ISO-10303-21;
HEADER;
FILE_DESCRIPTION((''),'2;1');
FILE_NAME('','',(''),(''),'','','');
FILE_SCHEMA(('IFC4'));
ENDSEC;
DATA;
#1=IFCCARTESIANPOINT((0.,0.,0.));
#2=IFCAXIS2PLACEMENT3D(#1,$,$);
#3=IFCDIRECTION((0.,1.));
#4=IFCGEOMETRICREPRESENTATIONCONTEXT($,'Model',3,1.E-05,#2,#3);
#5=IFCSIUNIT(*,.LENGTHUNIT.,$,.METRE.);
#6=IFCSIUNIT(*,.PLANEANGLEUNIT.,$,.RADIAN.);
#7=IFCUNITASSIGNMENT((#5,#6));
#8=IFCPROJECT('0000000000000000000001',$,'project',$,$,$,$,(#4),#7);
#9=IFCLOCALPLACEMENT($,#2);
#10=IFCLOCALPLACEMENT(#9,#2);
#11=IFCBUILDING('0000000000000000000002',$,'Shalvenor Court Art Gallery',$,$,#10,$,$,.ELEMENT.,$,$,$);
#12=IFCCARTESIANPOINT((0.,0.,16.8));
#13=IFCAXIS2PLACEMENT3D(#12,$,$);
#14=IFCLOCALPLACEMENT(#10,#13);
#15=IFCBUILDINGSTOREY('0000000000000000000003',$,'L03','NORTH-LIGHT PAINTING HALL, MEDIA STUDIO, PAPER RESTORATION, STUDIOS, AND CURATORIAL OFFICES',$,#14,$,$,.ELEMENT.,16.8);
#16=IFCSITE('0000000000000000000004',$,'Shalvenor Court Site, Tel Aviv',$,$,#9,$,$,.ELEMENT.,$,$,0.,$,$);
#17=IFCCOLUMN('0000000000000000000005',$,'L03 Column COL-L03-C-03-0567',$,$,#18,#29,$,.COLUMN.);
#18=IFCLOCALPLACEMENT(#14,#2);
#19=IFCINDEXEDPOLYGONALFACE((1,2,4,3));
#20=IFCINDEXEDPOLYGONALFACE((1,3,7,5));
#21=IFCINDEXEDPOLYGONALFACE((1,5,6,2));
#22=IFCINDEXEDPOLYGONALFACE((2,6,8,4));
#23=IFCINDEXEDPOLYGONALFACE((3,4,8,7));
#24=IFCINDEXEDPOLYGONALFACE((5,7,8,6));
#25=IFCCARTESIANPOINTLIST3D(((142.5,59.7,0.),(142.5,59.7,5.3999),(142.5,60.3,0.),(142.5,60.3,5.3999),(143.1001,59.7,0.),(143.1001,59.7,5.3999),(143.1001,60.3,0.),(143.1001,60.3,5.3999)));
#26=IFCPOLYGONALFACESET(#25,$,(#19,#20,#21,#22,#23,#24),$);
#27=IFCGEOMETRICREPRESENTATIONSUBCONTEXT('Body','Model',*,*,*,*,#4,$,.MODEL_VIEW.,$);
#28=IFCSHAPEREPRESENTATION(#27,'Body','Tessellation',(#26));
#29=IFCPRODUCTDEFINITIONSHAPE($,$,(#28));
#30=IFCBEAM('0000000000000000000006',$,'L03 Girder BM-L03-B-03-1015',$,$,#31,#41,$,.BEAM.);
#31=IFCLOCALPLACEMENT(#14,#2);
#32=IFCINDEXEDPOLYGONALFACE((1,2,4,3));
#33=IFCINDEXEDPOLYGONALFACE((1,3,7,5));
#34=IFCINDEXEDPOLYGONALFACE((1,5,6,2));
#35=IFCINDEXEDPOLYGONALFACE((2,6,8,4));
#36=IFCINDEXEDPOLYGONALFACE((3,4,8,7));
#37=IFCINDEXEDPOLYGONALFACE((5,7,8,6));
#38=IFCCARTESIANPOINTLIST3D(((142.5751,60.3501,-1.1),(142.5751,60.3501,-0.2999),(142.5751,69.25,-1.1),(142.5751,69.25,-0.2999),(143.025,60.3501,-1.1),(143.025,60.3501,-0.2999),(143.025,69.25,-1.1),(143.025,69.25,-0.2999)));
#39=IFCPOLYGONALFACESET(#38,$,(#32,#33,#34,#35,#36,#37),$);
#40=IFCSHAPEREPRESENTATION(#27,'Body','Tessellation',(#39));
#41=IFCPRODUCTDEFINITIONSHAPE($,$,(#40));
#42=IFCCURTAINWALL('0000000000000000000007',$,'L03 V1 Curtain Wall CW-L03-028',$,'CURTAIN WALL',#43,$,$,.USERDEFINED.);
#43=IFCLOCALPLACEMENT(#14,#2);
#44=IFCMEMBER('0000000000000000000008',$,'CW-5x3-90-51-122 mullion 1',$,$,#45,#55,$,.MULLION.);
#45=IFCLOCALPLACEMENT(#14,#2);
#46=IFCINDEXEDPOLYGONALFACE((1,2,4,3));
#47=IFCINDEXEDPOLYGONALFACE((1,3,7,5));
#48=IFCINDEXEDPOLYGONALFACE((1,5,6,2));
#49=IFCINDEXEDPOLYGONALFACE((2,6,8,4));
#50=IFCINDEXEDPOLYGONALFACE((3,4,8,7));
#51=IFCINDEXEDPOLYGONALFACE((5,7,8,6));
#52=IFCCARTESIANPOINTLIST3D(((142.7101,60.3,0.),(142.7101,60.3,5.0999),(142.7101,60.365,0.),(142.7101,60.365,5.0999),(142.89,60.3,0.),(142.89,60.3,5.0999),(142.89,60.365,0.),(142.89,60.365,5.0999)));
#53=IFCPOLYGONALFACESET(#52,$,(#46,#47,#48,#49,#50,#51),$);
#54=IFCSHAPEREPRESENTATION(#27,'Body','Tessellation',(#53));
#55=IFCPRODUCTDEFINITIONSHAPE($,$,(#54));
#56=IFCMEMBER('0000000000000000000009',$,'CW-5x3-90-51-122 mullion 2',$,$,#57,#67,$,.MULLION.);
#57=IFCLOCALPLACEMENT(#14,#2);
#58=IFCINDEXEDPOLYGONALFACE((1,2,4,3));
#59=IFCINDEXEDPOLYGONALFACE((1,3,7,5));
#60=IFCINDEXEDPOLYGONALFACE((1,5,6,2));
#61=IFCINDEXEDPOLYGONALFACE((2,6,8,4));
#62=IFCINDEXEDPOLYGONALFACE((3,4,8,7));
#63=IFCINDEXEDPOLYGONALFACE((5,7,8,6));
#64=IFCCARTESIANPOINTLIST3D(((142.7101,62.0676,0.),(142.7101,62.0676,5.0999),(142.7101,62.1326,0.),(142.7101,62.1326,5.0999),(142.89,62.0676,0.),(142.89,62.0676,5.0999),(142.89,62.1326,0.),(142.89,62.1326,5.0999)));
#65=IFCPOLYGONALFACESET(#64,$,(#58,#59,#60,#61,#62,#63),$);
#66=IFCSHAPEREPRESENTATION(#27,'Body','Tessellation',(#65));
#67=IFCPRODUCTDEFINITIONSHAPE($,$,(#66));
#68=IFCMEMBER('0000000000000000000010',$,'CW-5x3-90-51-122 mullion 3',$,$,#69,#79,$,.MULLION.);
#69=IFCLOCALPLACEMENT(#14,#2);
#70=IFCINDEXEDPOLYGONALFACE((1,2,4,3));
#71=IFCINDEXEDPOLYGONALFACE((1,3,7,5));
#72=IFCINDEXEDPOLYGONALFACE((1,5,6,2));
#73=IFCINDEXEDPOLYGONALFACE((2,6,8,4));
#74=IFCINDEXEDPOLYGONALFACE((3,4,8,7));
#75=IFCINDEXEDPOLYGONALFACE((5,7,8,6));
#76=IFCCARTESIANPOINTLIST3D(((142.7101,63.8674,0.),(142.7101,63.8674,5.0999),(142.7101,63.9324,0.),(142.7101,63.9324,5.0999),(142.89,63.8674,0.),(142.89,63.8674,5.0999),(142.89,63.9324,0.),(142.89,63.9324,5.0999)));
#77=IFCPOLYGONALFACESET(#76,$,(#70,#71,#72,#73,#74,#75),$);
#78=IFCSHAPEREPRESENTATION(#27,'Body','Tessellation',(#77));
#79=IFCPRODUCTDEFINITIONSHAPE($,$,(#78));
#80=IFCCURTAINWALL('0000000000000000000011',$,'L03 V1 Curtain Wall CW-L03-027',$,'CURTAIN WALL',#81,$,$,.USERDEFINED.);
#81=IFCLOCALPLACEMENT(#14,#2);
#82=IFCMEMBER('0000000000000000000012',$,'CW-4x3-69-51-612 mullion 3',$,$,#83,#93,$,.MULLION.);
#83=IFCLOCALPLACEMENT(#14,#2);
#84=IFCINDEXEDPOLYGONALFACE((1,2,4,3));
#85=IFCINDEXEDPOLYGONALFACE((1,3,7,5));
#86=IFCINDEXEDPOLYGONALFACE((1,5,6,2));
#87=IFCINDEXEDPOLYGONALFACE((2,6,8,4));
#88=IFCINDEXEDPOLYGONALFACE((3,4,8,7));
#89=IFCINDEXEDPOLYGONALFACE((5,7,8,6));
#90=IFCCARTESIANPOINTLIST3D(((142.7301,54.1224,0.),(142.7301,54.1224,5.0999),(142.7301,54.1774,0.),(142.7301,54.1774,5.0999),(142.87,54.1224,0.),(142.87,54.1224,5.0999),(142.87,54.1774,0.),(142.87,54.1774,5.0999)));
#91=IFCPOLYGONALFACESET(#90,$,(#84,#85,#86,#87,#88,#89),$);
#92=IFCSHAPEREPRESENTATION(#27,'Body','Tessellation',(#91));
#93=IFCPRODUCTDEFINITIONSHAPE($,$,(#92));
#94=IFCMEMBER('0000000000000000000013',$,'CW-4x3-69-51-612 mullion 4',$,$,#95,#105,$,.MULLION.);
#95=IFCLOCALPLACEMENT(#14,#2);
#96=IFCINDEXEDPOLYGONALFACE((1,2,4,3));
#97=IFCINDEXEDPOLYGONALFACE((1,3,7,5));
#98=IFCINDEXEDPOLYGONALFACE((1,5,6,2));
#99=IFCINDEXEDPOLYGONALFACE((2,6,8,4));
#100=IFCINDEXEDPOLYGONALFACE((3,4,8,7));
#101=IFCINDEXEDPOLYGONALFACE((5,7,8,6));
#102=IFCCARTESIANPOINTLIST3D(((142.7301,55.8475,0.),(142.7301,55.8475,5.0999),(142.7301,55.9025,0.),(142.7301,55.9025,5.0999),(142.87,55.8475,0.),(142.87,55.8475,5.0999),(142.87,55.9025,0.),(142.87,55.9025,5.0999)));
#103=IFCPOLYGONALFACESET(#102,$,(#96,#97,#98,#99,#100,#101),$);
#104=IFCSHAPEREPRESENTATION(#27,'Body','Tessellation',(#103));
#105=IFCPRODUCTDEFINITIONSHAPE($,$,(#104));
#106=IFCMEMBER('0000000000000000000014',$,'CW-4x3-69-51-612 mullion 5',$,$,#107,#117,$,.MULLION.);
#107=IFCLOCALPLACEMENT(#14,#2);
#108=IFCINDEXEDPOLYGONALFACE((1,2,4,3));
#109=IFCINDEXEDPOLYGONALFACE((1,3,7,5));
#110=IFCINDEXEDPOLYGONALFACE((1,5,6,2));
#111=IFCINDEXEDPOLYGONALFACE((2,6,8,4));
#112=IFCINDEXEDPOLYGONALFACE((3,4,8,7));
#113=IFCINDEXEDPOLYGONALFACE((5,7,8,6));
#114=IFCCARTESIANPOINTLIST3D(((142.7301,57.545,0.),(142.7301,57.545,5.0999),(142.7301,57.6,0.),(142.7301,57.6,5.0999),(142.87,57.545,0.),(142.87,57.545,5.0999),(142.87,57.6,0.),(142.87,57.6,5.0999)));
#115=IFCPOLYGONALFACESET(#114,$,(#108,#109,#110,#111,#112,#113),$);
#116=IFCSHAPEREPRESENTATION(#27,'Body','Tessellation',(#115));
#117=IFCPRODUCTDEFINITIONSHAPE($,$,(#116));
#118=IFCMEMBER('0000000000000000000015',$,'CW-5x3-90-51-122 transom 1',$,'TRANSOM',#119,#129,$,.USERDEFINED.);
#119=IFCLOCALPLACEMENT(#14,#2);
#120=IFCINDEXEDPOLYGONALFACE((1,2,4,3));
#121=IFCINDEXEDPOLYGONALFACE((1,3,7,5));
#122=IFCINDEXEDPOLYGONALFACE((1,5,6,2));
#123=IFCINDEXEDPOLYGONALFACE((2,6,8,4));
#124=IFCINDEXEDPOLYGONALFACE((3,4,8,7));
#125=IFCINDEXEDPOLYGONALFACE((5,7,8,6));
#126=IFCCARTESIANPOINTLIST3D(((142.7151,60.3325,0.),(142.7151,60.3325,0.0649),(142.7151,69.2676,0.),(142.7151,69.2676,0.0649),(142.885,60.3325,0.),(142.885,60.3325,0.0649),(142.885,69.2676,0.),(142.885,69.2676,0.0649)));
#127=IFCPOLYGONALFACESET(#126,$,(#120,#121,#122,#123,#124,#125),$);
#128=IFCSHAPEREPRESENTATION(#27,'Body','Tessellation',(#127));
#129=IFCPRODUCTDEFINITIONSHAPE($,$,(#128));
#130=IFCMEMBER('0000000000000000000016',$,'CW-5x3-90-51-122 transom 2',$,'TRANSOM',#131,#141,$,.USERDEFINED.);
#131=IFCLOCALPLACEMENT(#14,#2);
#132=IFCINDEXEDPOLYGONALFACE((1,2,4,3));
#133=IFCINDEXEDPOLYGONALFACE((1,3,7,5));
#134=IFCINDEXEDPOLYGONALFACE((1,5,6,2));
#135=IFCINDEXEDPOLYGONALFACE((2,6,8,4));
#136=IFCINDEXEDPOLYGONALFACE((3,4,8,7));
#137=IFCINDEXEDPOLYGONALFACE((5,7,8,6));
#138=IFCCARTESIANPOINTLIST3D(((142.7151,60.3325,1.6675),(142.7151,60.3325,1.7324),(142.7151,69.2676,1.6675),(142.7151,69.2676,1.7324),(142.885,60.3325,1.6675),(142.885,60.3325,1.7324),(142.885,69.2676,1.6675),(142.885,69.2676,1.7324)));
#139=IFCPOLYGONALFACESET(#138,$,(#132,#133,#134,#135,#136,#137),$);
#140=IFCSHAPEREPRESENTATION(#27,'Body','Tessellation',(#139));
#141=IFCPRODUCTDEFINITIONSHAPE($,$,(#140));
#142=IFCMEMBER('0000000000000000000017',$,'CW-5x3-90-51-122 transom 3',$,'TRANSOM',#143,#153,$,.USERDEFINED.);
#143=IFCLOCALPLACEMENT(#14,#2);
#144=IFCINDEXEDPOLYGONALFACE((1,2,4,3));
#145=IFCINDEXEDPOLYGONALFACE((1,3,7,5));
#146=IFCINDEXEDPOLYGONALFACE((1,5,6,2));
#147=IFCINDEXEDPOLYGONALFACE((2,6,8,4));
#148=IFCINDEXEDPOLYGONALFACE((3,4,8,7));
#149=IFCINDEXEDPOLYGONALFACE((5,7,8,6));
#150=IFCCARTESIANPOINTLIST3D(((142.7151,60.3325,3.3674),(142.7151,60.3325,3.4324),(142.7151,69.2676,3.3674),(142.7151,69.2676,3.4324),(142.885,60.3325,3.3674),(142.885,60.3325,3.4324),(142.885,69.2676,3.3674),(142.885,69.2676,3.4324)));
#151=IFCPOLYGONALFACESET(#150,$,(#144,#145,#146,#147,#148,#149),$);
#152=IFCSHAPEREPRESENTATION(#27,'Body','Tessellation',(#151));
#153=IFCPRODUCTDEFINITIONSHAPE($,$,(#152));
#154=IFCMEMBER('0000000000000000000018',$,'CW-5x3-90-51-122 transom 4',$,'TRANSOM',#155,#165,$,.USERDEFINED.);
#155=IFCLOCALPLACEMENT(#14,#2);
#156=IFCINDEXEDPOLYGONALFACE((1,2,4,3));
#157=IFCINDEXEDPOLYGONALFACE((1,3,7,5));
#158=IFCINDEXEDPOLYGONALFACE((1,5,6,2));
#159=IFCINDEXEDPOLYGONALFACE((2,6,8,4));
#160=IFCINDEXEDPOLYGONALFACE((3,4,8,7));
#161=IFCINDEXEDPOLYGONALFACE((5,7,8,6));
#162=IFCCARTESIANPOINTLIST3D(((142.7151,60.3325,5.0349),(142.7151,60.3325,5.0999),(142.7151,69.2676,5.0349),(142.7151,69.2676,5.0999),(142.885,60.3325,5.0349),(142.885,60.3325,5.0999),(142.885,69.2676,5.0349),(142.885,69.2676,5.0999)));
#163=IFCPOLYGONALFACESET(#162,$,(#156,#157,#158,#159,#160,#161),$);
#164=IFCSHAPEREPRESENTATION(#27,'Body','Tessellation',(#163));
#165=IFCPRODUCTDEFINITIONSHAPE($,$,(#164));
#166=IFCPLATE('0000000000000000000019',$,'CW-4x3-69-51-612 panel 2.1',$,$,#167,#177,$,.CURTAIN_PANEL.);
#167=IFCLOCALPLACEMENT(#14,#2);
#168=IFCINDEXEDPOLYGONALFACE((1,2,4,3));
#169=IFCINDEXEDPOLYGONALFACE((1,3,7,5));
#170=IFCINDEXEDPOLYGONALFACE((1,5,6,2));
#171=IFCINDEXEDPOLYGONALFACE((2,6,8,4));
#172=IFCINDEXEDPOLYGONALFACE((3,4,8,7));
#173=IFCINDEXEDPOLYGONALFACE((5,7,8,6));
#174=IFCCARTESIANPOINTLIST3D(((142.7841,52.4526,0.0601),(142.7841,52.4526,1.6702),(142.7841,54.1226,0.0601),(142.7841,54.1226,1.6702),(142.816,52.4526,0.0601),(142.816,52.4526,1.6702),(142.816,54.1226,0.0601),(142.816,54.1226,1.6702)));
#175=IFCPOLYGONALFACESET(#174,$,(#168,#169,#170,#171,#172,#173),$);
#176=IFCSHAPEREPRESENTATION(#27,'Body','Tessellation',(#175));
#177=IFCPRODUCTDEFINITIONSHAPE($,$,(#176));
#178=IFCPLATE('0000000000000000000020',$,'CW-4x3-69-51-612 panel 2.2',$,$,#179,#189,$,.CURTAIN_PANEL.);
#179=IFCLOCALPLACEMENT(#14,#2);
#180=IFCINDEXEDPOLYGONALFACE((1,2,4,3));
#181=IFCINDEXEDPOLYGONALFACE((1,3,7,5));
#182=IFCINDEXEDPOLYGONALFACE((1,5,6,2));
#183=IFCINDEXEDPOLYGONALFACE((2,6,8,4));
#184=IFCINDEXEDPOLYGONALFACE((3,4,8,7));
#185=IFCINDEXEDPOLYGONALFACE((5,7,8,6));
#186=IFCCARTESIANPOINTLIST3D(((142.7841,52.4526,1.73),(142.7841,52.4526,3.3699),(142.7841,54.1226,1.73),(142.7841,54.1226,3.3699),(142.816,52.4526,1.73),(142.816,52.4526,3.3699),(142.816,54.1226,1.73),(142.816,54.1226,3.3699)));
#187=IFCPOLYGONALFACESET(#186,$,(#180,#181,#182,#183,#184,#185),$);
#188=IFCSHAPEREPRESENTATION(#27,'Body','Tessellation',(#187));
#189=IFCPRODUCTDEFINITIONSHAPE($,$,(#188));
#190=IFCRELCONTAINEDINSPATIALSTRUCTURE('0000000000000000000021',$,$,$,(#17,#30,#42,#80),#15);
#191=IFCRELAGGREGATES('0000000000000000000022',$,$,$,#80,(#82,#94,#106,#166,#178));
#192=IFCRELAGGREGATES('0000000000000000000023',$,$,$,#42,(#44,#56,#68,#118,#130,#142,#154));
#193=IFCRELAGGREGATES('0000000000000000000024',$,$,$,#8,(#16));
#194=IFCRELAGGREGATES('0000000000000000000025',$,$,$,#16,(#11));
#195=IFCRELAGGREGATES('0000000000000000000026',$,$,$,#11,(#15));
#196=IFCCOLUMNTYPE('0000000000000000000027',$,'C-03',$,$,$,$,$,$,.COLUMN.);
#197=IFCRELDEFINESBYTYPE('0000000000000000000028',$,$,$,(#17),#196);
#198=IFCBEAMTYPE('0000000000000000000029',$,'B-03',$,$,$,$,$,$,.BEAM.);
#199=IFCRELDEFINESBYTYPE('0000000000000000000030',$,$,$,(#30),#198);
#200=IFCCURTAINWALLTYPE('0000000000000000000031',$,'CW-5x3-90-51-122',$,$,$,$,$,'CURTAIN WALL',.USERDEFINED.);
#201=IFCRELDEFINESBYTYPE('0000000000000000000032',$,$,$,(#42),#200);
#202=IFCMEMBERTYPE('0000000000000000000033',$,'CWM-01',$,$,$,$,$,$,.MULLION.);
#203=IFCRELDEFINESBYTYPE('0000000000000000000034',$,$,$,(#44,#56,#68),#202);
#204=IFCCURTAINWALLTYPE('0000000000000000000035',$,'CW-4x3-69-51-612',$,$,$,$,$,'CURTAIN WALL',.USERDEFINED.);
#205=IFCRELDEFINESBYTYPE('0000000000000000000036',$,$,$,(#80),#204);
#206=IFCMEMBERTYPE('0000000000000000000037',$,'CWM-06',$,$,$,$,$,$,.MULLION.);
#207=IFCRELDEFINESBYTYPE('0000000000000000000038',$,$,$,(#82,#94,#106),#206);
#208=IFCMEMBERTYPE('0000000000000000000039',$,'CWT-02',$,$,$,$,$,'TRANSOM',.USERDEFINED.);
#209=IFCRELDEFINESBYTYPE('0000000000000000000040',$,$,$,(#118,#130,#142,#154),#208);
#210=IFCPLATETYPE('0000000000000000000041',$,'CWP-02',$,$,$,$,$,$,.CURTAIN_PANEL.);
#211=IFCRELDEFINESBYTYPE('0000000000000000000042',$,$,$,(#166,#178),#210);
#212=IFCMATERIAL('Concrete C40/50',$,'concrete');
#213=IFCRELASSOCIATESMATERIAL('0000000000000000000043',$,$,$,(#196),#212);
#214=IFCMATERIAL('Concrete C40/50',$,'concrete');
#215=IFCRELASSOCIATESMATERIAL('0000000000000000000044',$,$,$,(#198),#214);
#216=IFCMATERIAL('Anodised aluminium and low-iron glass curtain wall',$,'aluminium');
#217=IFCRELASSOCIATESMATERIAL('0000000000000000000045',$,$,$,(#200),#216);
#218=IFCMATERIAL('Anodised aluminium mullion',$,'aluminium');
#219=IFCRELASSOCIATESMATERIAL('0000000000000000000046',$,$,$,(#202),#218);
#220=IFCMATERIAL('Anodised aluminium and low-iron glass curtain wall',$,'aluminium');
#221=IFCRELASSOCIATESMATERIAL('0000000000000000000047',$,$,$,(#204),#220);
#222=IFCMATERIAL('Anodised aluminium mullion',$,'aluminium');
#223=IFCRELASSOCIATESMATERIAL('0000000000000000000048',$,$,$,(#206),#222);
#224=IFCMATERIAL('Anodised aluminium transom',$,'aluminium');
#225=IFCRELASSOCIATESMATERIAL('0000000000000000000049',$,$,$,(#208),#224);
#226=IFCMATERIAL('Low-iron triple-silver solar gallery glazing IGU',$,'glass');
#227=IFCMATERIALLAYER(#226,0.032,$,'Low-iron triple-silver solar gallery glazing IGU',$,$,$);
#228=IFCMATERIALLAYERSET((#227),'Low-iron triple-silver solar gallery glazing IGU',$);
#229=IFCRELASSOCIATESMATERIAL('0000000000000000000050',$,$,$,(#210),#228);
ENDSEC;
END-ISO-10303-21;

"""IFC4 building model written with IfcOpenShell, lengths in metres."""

from ifc_helpers import new_model, si_unit, direction, frame, origin, origin_2d, place, context, subcontext, project, spatial, rectangle, extrude, material, layer, layer_set, material_profile, profile_set, type_object, element, aggregate, save


model = new_model("IFC4")

# Units and contexts
model_context = context("Model", 3, precision=1e-05, world=origin(), true_north=direction((0.0, 1.0)))
body_context = subcontext(model_context, "Body", "Model", "MODEL_VIEW")
ifc_project = project(units=[si_unit("LENGTHUNIT", "METRE"), si_unit("PLANEANGLEUNIT", "RADIAN")], contexts=[model_context])

# Site, building, storey
site_placement = place(None, origin())
site = spatial("IfcSite", under=ifc_project, at=site_placement, Name="Shalvenor Court Site, Tel Aviv", CompositionType="ELEMENT", RefElevation=0.0)
building_placement = place(site_placement, origin())
building = spatial("IfcBuilding", under=site, at=building_placement, Name="Shalvenor Court Art Gallery", CompositionType="ELEMENT")
storey_placement = place(building_placement, frame((0.0, 0.0, 16.8)))
storey = spatial("IfcBuildingStorey", under=building, at=storey_placement, Name="L03", Description="NORTH-LIGHT PAINTING HALL, MEDIA STUDIO, PAPER RESTORATION, STUDIOS, AND CURATORIAL OFFICES", CompositionType="ELEMENT", Elevation=16.8)

# Column
ifc_material_1 = material(Name="Concrete C40/50", Category="concrete")
ifc_material_profile_1 = material_profile(ifc_material_1, rectangle(XDim=0.6001, YDim=0.6001, at=origin_2d()), Name="RC 600x600")
ifc_profile_set_1 = profile_set([ifc_material_profile_1], Name="Concrete C40/50")
column_type = type_object("IfcColumnType", Name="C-03", PredefinedType="COLUMN", material=ifc_profile_set_1)
column_placement = place(storey_placement, frame((142.8, 60.0, 0.0), z_axis=(0.0, 0.0, 1.0), x_axis=(1.0, 0.0, 0.0)))
element("IfcColumn", 1, at=column_placement, inside=storey, type_object=column_type, Name="L03 Column COL-L03-C-03-0567", PredefinedType="COLUMN", context=body_context, shape_type="SweptSolid", body=[
    extrude(rectangle(XDim=0.6001, YDim=0.6001, at=origin_2d()), origin(), (0.0, 0.0, 1.0), 5.3999),
])

# Beam
ifc_material_2 = material(Name="Concrete C40/50", Category="concrete")
ifc_material_profile_2 = material_profile(ifc_material_2, rectangle(XDim=0.45, YDim=0.8, at=origin_2d()), Name="RC 450x800")
ifc_profile_set_2 = profile_set([ifc_material_profile_2], Name="Concrete C40/50")
beam_type = type_object("IfcBeamType", Name="B-03", PredefinedType="BEAM", material=ifc_profile_set_2)
beam_placement = place(storey_placement, frame((142.8, 60.3501, -0.7), z_axis=(0.0, 1.0, 0.0), x_axis=(-1.0, 0.0, 0.0)))
element("IfcBeam", 2, at=beam_placement, inside=storey, type_object=beam_type, Name="L03 Girder BM-L03-B-03-1015", PredefinedType="BEAM", context=body_context, shape_type="SweptSolid", body=[
    extrude(rectangle(XDim=0.45, YDim=0.8, at=origin_2d()), origin(), (0.0, 0.0, 1.0), 8.8999),
])

# Curtain walls, members
ifc_material_3 = material(Name="Anodised aluminium and low-iron glass curtain wall", Category="aluminium")
curtain_wall_type_1 = type_object("IfcCurtainWallType", Name="CW-5x3-90-51-122", ElementType="CURTAIN WALL", PredefinedType="USERDEFINED", material=ifc_material_3)
curtain_wall_1_placement = place(storey_placement, origin())
curtain_wall_1 = element("IfcCurtainWall", 3, at=curtain_wall_1_placement, inside=storey, type_object=curtain_wall_type_1, Name="L03 V1 Curtain Wall CW-L03-028", ObjectType="CURTAIN WALL", PredefinedType="USERDEFINED")
ifc_material_4 = material(Name="Anodised aluminium mullion", Category="aluminium")
ifc_material_profile_3 = material_profile(ifc_material_4, rectangle(XDim=0.0649, YDim=0.1799, at=origin_2d()), Name="CWM-01")
ifc_profile_set_3 = profile_set([ifc_material_profile_3], Name="Anodised aluminium mullion")
member_type_1 = type_object("IfcMemberType", Name="CWM-01", PredefinedType="MULLION", material=ifc_profile_set_3)
member_1_placement = place(storey_placement, frame((142.8, 60.3325, 0.0), z_axis=(0.0, 0.0, 1.0), x_axis=(0.0, 1.0, 0.0)))
member_1 = element("IfcMember", 4, at=member_1_placement, type_object=member_type_1, Name="CW-5x3-90-51-122 mullion 1", PredefinedType="MULLION", context=body_context, shape_type="SweptSolid", body=[
    extrude(rectangle(XDim=0.0649, YDim=0.1799, at=origin_2d()), origin(), (0.0, 0.0, 1.0), 5.0999),
])
member_2_placement = place(storey_placement, frame((142.8, 62.1001, 0.0), z_axis=(0.0, 0.0, 1.0), x_axis=(0.0, 1.0, 0.0)))
member_2 = element("IfcMember", 5, at=member_2_placement, type_object=member_type_1, Name="CW-5x3-90-51-122 mullion 2", PredefinedType="MULLION", context=body_context, shape_type="SweptSolid", body=[
    extrude(rectangle(XDim=0.0649, YDim=0.1799, at=origin_2d()), origin(), (0.0, 0.0, 1.0), 5.0999),
])
member_3_placement = place(storey_placement, frame((142.8, 63.8999, 0.0), z_axis=(0.0, 0.0, 1.0), x_axis=(0.0, 1.0, 0.0)))
member_3 = element("IfcMember", 6, at=member_3_placement, type_object=member_type_1, Name="CW-5x3-90-51-122 mullion 3", PredefinedType="MULLION", context=body_context, shape_type="SweptSolid", body=[
    extrude(rectangle(XDim=0.0649, YDim=0.1799, at=origin_2d()), origin(), (0.0, 0.0, 1.0), 5.0999),
])
ifc_material_5 = material(Name="Anodised aluminium and low-iron glass curtain wall", Category="aluminium")
curtain_wall_type_2 = type_object("IfcCurtainWallType", Name="CW-4x3-69-51-612", ElementType="CURTAIN WALL", PredefinedType="USERDEFINED", material=ifc_material_5)
curtain_wall_2_placement = place(storey_placement, origin())
curtain_wall_2 = element("IfcCurtainWall", 7, at=curtain_wall_2_placement, inside=storey, type_object=curtain_wall_type_2, Name="L03 V1 Curtain Wall CW-L03-027", ObjectType="CURTAIN WALL", PredefinedType="USERDEFINED")
ifc_material_6 = material(Name="Anodised aluminium mullion", Category="aluminium")
ifc_material_profile_4 = material_profile(ifc_material_6, rectangle(XDim=0.0549, YDim=0.1399, at=origin_2d()), Name="CWM-06")
ifc_profile_set_4 = profile_set([ifc_material_profile_4], Name="Anodised aluminium mullion")
member_type_2 = type_object("IfcMemberType", Name="CWM-06", PredefinedType="MULLION", material=ifc_profile_set_4)
member_4_placement = place(storey_placement, frame((142.8, 54.1499, 0.0), z_axis=(0.0, 0.0, 1.0), x_axis=(0.0, 1.0, 0.0)))
member_4 = element("IfcMember", 8, at=member_4_placement, type_object=member_type_2, Name="CW-4x3-69-51-612 mullion 3", PredefinedType="MULLION", context=body_context, shape_type="SweptSolid", body=[
    extrude(rectangle(XDim=0.0549, YDim=0.1399, at=origin_2d()), origin(), (0.0, 0.0, 1.0), 5.0999),
])
member_5_placement = place(storey_placement, frame((142.8, 55.875, 0.0), z_axis=(0.0, 0.0, 1.0), x_axis=(0.0, 1.0, 0.0)))
member_5 = element("IfcMember", 9, at=member_5_placement, type_object=member_type_2, Name="CW-4x3-69-51-612 mullion 4", PredefinedType="MULLION", context=body_context, shape_type="SweptSolid", body=[
    extrude(rectangle(XDim=0.0549, YDim=0.1399, at=origin_2d()), origin(), (0.0, 0.0, 1.0), 5.0999),
])
member_6_placement = place(storey_placement, frame((142.8, 57.5725, 0.0), z_axis=(0.0, 0.0, 1.0), x_axis=(0.0, 1.0, 0.0)))
member_6 = element("IfcMember", 10, at=member_6_placement, type_object=member_type_2, Name="CW-4x3-69-51-612 mullion 5", PredefinedType="MULLION", context=body_context, shape_type="SweptSolid", body=[
    extrude(rectangle(XDim=0.0549, YDim=0.1399, at=origin_2d()), origin(), (0.0, 0.0, 1.0), 5.0999),
])

# Members
ifc_material_7 = material(Name="Anodised aluminium transom", Category="aluminium")
ifc_material_profile_5 = material_profile(ifc_material_7, rectangle(XDim=0.1699, YDim=0.0649, at=origin_2d()), Name="CWT-02")
ifc_profile_set_5 = profile_set([ifc_material_profile_5], Name="Anodised aluminium transom")
member_type_3 = type_object("IfcMemberType", Name="CWT-02", ElementType="TRANSOM", PredefinedType="USERDEFINED", material=ifc_profile_set_5)
member_7_placement = place(storey_placement, frame((142.8, 60.3325, 0.0325), z_axis=(0.0, 1.0, 0.0), x_axis=(-1.0, 0.0, 0.0)))
member_7 = element("IfcMember", 11, at=member_7_placement, type_object=member_type_3, Name="CW-5x3-90-51-122 transom 1", ObjectType="TRANSOM", PredefinedType="USERDEFINED", context=body_context, shape_type="SweptSolid", body=[
    extrude(rectangle(XDim=0.1699, YDim=0.0649, at=origin_2d()), origin(), (0.0, 0.0, 1.0), 8.9351),
])
member_8_placement = place(storey_placement, frame((142.8, 60.3325, 1.7), z_axis=(0.0, 1.0, 0.0), x_axis=(-1.0, 0.0, 0.0)))
member_8 = element("IfcMember", 12, at=member_8_placement, type_object=member_type_3, Name="CW-5x3-90-51-122 transom 2", ObjectType="TRANSOM", PredefinedType="USERDEFINED", context=body_context, shape_type="SweptSolid", body=[
    extrude(rectangle(XDim=0.1699, YDim=0.0649, at=origin_2d()), origin(), (0.0, 0.0, 1.0), 8.9351),
])
member_9_placement = place(storey_placement, frame((142.8, 60.3325, 3.3999), z_axis=(0.0, 1.0, 0.0), x_axis=(-1.0, 0.0, 0.0)))
member_9 = element("IfcMember", 13, at=member_9_placement, type_object=member_type_3, Name="CW-5x3-90-51-122 transom 3", ObjectType="TRANSOM", PredefinedType="USERDEFINED", context=body_context, shape_type="SweptSolid", body=[
    extrude(rectangle(XDim=0.1699, YDim=0.0649, at=origin_2d()), origin(), (0.0, 0.0, 1.0), 8.9351),
])
member_10_placement = place(storey_placement, frame((142.8, 60.3325, 5.0674), z_axis=(0.0, 1.0, 0.0), x_axis=(-1.0, 0.0, 0.0)))
member_10 = element("IfcMember", 14, at=member_10_placement, type_object=member_type_3, Name="CW-5x3-90-51-122 transom 4", ObjectType="TRANSOM", PredefinedType="USERDEFINED", context=body_context, shape_type="SweptSolid", body=[
    extrude(rectangle(XDim=0.1699, YDim=0.0649, at=origin_2d()), origin(), (0.0, 0.0, 1.0), 8.9351),
])

# Plates
ifc_material_8 = material(Name="Low-iron triple-silver solar gallery glazing IGU", Category="glass")
ifc_layer_1 = layer(ifc_material_8, 0.032, Name="Low-iron triple-silver solar gallery glazing IGU")
ifc_layer_set_1 = layer_set([ifc_layer_1], Name="Low-iron triple-silver solar gallery glazing IGU")
plate_type = type_object("IfcPlateType", Name="CWP-02", PredefinedType="CURTAIN_PANEL", material=ifc_layer_set_1)
plate_1_placement = place(storey_placement, frame((142.8, 53.2876, 0.0601), z_axis=(0.0, 0.0, 1.0), x_axis=(0.0, 1.0, 0.0)))
plate_1 = element("IfcPlate", 15, at=plate_1_placement, type_object=plate_type, Name="CW-4x3-69-51-612 panel 2.1", PredefinedType="CURTAIN_PANEL", context=body_context, shape_type="SweptSolid", body=[
    extrude(rectangle(XDim=1.6699, YDim=0.032, at=origin_2d()), origin(), (0.0, 0.0, 1.0), 1.6101),
])
plate_2_placement = place(storey_placement, frame((142.8, 53.2876, 1.73), z_axis=(0.0, 0.0, 1.0), x_axis=(0.0, 1.0, 0.0)))
plate_2 = element("IfcPlate", 16, at=plate_2_placement, type_object=plate_type, Name="CW-4x3-69-51-612 panel 2.2", PredefinedType="CURTAIN_PANEL", context=body_context, shape_type="SweptSolid", body=[
    extrude(rectangle(XDim=1.6699, YDim=0.032, at=origin_2d()), origin(), (0.0, 0.0, 1.0), 1.6399),
])
aggregate(curtain_wall_2, [member_4, member_5, member_6, plate_1, plate_2])
aggregate(curtain_wall_1, [member_1, member_2, member_3, member_7, member_8, member_9, member_10])

save(model, "model.ifc")
